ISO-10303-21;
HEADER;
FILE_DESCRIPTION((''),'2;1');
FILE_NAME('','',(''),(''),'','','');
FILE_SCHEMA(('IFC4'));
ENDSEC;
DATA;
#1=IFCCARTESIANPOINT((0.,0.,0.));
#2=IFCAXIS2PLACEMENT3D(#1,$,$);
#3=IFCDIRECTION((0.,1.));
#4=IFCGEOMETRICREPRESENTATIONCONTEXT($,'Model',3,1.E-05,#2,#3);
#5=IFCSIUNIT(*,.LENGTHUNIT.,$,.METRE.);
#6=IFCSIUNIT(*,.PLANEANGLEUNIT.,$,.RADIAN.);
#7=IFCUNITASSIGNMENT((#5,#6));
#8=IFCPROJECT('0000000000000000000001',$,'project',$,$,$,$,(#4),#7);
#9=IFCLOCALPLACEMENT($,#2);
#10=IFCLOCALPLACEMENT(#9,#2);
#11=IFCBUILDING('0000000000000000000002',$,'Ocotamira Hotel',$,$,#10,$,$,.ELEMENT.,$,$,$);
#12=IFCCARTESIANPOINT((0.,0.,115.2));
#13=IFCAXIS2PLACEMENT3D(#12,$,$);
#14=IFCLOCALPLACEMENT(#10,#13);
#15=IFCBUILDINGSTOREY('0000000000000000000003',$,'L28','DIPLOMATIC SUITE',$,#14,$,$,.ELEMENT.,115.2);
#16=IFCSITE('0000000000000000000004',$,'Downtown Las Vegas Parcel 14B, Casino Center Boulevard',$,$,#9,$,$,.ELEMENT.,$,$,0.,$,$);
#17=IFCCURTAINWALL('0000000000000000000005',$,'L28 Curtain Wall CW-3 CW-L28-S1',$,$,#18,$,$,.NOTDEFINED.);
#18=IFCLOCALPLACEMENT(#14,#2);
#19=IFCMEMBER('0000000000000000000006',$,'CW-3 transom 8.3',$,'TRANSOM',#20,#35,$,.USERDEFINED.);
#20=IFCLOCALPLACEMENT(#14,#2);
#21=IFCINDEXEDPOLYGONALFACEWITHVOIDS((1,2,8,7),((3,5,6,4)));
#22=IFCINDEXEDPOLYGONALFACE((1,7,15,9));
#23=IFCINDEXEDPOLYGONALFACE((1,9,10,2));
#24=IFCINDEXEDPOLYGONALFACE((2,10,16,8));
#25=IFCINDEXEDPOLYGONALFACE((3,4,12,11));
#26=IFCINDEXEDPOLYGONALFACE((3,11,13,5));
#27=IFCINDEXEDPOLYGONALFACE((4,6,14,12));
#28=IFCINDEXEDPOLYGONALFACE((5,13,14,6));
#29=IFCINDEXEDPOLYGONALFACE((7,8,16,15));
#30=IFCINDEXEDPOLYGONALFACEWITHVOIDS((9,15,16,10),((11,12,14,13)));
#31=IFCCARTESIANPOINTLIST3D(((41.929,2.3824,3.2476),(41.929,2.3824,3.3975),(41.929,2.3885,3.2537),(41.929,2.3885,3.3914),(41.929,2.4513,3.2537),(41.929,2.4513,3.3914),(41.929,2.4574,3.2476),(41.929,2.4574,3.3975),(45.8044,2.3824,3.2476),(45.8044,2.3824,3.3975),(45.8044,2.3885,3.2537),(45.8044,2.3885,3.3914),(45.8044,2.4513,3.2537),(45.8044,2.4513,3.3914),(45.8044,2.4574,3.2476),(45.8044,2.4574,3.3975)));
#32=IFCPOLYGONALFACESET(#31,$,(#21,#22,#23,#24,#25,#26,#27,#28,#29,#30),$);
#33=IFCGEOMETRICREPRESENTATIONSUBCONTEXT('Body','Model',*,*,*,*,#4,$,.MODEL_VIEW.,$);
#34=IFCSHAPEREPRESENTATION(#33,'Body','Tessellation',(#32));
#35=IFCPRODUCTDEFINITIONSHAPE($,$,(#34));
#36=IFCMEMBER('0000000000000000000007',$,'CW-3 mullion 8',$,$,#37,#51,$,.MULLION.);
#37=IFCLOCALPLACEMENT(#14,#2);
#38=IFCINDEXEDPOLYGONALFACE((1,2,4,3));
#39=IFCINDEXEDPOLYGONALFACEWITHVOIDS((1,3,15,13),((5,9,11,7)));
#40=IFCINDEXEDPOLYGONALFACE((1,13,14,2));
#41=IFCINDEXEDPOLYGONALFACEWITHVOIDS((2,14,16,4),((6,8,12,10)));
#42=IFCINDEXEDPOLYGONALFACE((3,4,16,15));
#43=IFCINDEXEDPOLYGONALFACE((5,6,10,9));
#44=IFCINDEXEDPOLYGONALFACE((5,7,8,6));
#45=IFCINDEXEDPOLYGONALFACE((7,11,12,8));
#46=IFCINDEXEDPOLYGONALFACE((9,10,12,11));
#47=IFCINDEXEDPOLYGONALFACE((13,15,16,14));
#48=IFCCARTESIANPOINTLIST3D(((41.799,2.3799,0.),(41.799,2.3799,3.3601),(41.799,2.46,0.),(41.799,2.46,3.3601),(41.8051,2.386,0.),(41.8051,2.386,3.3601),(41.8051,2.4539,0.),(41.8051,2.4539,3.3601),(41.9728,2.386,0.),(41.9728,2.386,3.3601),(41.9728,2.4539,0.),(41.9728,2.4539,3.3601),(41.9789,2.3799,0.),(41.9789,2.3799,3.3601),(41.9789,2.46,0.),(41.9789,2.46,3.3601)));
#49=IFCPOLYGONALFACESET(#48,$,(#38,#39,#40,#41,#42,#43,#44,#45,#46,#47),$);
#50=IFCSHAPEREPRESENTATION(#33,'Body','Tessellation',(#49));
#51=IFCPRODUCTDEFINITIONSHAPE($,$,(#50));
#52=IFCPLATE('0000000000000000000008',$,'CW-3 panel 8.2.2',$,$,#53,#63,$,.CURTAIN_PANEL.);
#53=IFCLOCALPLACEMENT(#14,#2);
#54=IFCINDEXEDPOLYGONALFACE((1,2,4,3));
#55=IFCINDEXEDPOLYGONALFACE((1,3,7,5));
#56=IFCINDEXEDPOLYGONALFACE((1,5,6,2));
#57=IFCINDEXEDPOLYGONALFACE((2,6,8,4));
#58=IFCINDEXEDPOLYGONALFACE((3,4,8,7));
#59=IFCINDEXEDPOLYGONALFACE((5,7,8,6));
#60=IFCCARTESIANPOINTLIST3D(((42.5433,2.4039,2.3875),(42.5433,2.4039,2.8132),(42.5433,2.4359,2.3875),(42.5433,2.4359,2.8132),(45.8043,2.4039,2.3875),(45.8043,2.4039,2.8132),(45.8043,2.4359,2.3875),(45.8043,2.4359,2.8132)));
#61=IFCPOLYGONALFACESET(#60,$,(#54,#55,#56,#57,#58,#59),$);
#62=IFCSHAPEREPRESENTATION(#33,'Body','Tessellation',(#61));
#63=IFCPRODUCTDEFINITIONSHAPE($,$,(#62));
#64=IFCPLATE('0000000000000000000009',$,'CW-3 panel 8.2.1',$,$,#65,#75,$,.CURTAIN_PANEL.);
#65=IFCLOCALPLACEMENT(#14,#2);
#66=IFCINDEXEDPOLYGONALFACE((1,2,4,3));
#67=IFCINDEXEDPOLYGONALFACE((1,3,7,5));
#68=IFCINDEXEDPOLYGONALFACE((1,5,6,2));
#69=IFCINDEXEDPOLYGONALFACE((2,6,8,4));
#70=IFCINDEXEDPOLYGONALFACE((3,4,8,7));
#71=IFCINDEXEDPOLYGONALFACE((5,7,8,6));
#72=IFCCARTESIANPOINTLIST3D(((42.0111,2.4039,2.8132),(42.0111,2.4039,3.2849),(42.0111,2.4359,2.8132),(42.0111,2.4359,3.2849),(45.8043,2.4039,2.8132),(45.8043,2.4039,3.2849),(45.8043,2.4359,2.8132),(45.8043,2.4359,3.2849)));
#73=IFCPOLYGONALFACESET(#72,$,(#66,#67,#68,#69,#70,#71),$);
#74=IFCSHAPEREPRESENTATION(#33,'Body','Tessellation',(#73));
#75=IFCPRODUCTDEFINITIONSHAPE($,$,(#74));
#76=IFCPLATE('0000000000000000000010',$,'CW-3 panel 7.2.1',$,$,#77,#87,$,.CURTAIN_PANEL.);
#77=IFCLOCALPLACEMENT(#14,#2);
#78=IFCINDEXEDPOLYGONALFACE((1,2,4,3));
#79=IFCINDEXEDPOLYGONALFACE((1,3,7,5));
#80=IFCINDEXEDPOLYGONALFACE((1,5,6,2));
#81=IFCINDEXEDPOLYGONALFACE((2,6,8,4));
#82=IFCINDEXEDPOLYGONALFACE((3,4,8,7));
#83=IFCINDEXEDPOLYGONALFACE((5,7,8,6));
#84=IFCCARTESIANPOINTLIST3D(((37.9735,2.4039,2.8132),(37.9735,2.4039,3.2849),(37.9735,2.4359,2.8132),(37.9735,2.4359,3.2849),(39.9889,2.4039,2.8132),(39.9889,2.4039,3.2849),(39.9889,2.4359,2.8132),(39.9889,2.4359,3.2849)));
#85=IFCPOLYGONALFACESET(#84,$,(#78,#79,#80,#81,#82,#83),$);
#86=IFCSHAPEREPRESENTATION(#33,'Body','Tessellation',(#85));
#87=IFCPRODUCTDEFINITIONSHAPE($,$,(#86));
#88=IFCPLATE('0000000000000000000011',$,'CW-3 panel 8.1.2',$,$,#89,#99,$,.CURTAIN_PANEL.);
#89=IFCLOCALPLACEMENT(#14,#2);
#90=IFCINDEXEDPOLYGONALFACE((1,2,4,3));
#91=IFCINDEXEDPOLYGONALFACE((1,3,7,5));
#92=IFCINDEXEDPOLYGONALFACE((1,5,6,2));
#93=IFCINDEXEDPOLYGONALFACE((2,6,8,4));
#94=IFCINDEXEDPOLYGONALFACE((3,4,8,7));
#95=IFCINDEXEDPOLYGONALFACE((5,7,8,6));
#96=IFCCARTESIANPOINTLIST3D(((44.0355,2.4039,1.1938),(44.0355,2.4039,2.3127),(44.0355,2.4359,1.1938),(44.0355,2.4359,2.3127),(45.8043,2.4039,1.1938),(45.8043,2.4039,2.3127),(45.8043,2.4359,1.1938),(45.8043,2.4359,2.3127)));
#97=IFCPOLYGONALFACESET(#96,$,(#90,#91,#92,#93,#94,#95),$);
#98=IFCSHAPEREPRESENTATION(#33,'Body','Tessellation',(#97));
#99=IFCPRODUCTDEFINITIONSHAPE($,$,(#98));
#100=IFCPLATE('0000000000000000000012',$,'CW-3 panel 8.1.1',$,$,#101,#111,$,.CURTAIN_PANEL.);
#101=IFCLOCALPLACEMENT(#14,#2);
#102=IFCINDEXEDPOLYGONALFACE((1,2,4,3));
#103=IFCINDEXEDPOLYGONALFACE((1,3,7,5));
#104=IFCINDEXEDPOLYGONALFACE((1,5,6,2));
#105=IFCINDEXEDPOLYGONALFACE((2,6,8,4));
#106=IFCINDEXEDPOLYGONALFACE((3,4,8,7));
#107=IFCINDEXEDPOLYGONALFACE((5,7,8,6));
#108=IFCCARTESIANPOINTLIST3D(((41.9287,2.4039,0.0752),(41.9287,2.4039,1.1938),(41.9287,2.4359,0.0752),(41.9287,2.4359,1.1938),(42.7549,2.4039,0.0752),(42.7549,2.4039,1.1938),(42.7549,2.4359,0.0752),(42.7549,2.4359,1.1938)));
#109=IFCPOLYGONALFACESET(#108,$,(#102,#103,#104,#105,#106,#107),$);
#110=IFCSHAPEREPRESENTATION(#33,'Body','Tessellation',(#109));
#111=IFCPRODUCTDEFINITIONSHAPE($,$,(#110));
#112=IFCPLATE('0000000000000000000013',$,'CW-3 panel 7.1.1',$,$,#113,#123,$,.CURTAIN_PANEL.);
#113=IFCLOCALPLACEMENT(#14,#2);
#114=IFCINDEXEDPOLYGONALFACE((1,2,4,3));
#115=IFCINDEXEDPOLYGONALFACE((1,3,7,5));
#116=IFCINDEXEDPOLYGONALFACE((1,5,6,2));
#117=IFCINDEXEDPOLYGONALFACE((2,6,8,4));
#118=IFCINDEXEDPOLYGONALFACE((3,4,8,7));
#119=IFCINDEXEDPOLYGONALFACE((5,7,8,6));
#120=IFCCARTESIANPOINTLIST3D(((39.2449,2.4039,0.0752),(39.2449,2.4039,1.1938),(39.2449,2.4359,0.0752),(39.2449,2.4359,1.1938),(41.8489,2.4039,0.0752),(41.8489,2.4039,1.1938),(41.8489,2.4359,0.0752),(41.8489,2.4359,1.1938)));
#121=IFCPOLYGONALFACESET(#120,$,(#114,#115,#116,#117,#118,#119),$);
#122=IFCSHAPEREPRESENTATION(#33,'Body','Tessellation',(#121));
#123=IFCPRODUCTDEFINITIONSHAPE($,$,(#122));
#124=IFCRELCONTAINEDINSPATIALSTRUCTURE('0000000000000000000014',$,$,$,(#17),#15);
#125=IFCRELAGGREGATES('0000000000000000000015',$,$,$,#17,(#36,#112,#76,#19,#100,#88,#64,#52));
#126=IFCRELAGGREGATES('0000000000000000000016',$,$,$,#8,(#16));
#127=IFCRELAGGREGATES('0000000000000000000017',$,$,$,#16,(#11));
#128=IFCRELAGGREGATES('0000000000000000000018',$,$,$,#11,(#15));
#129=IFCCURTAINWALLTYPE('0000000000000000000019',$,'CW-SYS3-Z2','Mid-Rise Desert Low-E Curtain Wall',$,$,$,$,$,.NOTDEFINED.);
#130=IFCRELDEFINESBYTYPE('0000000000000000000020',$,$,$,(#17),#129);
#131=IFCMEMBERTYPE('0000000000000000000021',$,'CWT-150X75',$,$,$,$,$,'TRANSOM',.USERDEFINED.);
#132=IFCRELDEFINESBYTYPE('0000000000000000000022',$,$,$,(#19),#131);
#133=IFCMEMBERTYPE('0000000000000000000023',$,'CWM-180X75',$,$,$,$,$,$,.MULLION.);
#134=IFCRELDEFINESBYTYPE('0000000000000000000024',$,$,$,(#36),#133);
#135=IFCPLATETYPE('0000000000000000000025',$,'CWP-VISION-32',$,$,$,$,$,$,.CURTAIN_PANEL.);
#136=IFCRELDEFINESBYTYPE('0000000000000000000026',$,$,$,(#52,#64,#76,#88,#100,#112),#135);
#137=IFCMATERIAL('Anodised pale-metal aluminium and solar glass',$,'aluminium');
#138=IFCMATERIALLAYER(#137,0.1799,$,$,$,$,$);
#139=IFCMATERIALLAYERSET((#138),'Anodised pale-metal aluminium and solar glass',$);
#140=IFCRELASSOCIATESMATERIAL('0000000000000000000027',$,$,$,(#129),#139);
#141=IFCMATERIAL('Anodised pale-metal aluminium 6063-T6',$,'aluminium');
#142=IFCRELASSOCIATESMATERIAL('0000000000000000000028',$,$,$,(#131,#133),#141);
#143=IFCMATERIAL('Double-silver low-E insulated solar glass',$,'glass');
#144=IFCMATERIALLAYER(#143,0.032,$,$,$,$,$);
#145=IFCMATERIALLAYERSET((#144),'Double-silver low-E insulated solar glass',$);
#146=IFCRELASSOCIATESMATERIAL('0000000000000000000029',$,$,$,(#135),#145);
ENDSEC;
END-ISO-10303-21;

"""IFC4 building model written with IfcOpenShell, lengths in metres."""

from ifc_helpers import new_model, si_unit, direction, frame, origin, origin_2d, place, context, subcontext, project, spatial, rectangle, hollow_rectangle, extrude, source, transform, mapped, material, layer, layer_set, material_profile, profile_set, type_object, element, aggregate, save


model = new_model("IFC4")

# Units and contexts
model_context = context("Model", 3, precision=1e-05, world=origin(), true_north=direction((0.0, 1.0)))
body_context = subcontext(model_context, "Body", "Model", "MODEL_VIEW")
ifc_project = project(units=[si_unit("LENGTHUNIT", "METRE"), si_unit("PLANEANGLEUNIT", "RADIAN")], contexts=[model_context])

# Site, building, storey
site_placement = place(None, origin())
site = spatial("IfcSite", under=ifc_project, at=site_placement, Name="Downtown Las Vegas Parcel 14B, Casino Center Boulevard", CompositionType="ELEMENT", RefElevation=0.0)
building_placement = place(site_placement, origin())
building = spatial("IfcBuilding", under=site, at=building_placement, Name="Ocotamira Hotel", CompositionType="ELEMENT")
storey_placement = place(building_placement, frame((0.0, 0.0, 115.2)))
storey = spatial("IfcBuildingStorey", under=building, at=storey_placement, Name="L28", Description="DIPLOMATIC SUITE", CompositionType="ELEMENT", Elevation=115.2)

# Curtain wall, members, plates
ifc_material_1 = material(Name="Anodised pale-metal aluminium and solar glass", Category="aluminium")
ifc_layer_1 = layer(ifc_material_1, 0.1799)
ifc_layer_set_1 = layer_set([ifc_layer_1], Name="Anodised pale-metal aluminium and solar glass")
curtain_wall_type = type_object("IfcCurtainWallType", Name="CW-SYS3-Z2", Description="Mid-Rise Desert Low-E Curtain Wall", PredefinedType="NOTDEFINED", material=ifc_layer_set_1)
curtain_wall_placement = place(storey_placement, origin())
curtain_wall = element("IfcCurtainWall", 1, at=curtain_wall_placement, inside=storey, type_object=curtain_wall_type, Name="L28 Curtain Wall CW-3 CW-L28-S1", PredefinedType="NOTDEFINED")
ifc_material_2 = material(Name="Anodised pale-metal aluminium 6063-T6", Category="aluminium")
ifc_material_profile_1 = material_profile(ifc_material_2, hollow_rectangle(XDim=0.075, YDim=0.1499, WallThickness=0.0061, at=origin_2d()), Name="HSS150X75X6")
ifc_profile_set_1 = profile_set([ifc_material_profile_1], Name="Anodised pale-metal aluminium 6063-T6")
member_type_1 = type_object("IfcMemberType", Name="CWT-150X75", ElementType="TRANSOM", PredefinedType="USERDEFINED", material=ifc_profile_set_1)
shared_shape_1 = source(origin(), body_context, "Body", "SweptSolid", [
    extrude(hollow_rectangle(XDim=0.075, YDim=0.1499, WallThickness=0.0061, at=origin_2d()), origin(), (0.0, 0.0, 1.0), 3.8755),
])
member_1_placement = place(storey_placement, frame((41.929, 2.4199, 3.3225), z_axis=(1.0, 0.0, 0.0), x_axis=(0.0, 1.0, 0.0)))
member_1 = element("IfcMember", 2, at=member_1_placement, type_object=member_type_1, Name="CW-3 transom 8.3", ObjectType="TRANSOM", PredefinedType="USERDEFINED", context=body_context, shape_type="MappedRepresentation", body=[
    mapped(shared_shape_1, transform((0.0, 0.0, 0.0), scale=1.0)),
])
ifc_material_profile_2 = material_profile(ifc_material_2, hollow_rectangle(XDim=0.0801, YDim=0.1799, WallThickness=0.0061, at=origin_2d()), Name="HSS180X80X6")
ifc_profile_set_2 = profile_set([ifc_material_profile_2], Name="Anodised pale-metal aluminium 6063-T6")
member_type_2 = type_object("IfcMemberType", Name="CWM-180X75", PredefinedType="MULLION", material=ifc_profile_set_2)
shared_shape_2 = source(origin(), body_context, "Body", "SweptSolid", [
    extrude(hollow_rectangle(XDim=0.0801, YDim=0.1799, WallThickness=0.0061, at=origin_2d()), origin(), (0.0, 0.0, 1.0), 3.3601),
])
member_2_placement = place(storey_placement, frame((41.8889, 2.4199, 0.0), z_axis=(0.0, 0.0, 1.0), x_axis=(0.0, 1.0, 0.0)))
member_2 = element("IfcMember", 3, at=member_2_placement, type_object=member_type_2, Name="CW-3 mullion 8", PredefinedType="MULLION", context=body_context, shape_type="MappedRepresentation", body=[
    mapped(shared_shape_2, transform((0.0, 0.0, 0.0), scale=1.0)),
])
ifc_material_3 = material(Name="Double-silver low-E insulated solar glass", Category="glass")
ifc_layer_2 = layer(ifc_material_3, 0.032)
ifc_layer_set_2 = layer_set([ifc_layer_2], Name="Double-silver low-E insulated solar glass")
plate_type = type_object("IfcPlateType", Name="CWP-VISION-32", PredefinedType="CURTAIN_PANEL", material=ifc_layer_set_2)
shared_shape_3 = source(origin(), body_context, "Body", "SweptSolid", [
    extrude(rectangle(XDim=3.261, YDim=0.032, at=origin_2d()), origin(), (0.0, 0.0, 1.0), 0.4258),
])
plate_1_placement = place(storey_placement, frame((44.1738, 2.4199, 2.3875), z_axis=(0.0, 0.0, 1.0), x_axis=(1.0, 0.0, 0.0)))
plate_1 = element("IfcPlate", 4, at=plate_1_placement, type_object=plate_type, Name="CW-3 panel 8.2.2", PredefinedType="CURTAIN_PANEL", context=body_context, shape_type="MappedRepresentation", body=[
    mapped(shared_shape_3, transform((0.0, 0.0, 0.0), scale=1.0)),
])
shared_shape_4 = source(origin(), body_context, "Body", "SweptSolid", [
    extrude(rectangle(XDim=3.7932, YDim=0.032, at=origin_2d()), origin(), (0.0, 0.0, 1.0), 0.4717),
])
plate_2_placement = place(storey_placement, frame((43.9077, 2.4199, 2.8132), z_axis=(0.0, 0.0, 1.0), x_axis=(1.0, 0.0, 0.0)))
plate_2 = element("IfcPlate", 5, at=plate_2_placement, type_object=plate_type, Name="CW-3 panel 8.2.1", PredefinedType="CURTAIN_PANEL", context=body_context, shape_type="MappedRepresentation", body=[
    mapped(shared_shape_4, transform((0.0, 0.0, 0.0), scale=1.0)),
])
shared_shape_5 = source(origin(), body_context, "Body", "SweptSolid", [
    extrude(rectangle(XDim=2.0154, YDim=0.032, at=origin_2d()), origin(), (0.0, 0.0, 1.0), 0.4717),
])
plate_3_placement = place(storey_placement, frame((38.9812, 2.4199, 2.8132), z_axis=(0.0, 0.0, 1.0), x_axis=(1.0, 0.0, 0.0)))
plate_3 = element("IfcPlate", 6, at=plate_3_placement, type_object=plate_type, Name="CW-3 panel 7.2.1", PredefinedType="CURTAIN_PANEL", context=body_context, shape_type="MappedRepresentation", body=[
    mapped(shared_shape_5, transform((0.0, 0.0, 0.0), scale=1.0)),
])
shared_shape_6 = source(origin(), body_context, "Body", "SweptSolid", [
    extrude(rectangle(XDim=1.7688, YDim=0.032, at=origin_2d()), origin(), (0.0, 0.0, 1.0), 1.1189),
])
plate_4_placement = place(storey_placement, frame((44.9199, 2.4199, 1.1938), z_axis=(0.0, 0.0, 1.0), x_axis=(1.0, 0.0, 0.0)))
plate_4 = element("IfcPlate", 7, at=plate_4_placement, type_object=plate_type, Name="CW-3 panel 8.1.2", PredefinedType="CURTAIN_PANEL", context=body_context, shape_type="MappedRepresentation", body=[
    mapped(shared_shape_6, transform((0.0, 0.0, 0.0), scale=1.0)),
])
shared_shape_7 = source(origin(), body_context, "Body", "SweptSolid", [
    extrude(rectangle(XDim=0.8262, YDim=0.032, at=origin_2d()), origin(), (0.0, 0.0, 1.0), 1.1187),
])
plate_5_placement = place(storey_placement, frame((42.3418, 2.4199, 0.0752), z_axis=(0.0, 0.0, 1.0), x_axis=(1.0, 0.0, 0.0)))
plate_5 = element("IfcPlate", 8, at=plate_5_placement, type_object=plate_type, Name="CW-3 panel 8.1.1", PredefinedType="CURTAIN_PANEL", context=body_context, shape_type="MappedRepresentation", body=[
    mapped(shared_shape_7, transform((0.0, 0.0, 0.0), scale=1.0)),
])
shared_shape_8 = source(origin(), body_context, "Body", "SweptSolid", [
    extrude(rectangle(XDim=2.604, YDim=0.032, at=origin_2d()), origin(), (0.0, 0.0, 1.0), 1.1187),
])
plate_6_placement = place(storey_placement, frame((40.5469, 2.4199, 0.0752), z_axis=(0.0, 0.0, 1.0), x_axis=(1.0, 0.0, 0.0)))
plate_6 = element("IfcPlate", 9, at=plate_6_placement, type_object=plate_type, Name="CW-3 panel 7.1.1", PredefinedType="CURTAIN_PANEL", context=body_context, shape_type="MappedRepresentation", body=[
    mapped(shared_shape_8, transform((0.0, 0.0, 0.0), scale=1.0)),
])
aggregate(curtain_wall, [member_2, plate_6, plate_3, member_1, plate_5, plate_4, plate_2, plate_1])

save(model, "model.ifc")
